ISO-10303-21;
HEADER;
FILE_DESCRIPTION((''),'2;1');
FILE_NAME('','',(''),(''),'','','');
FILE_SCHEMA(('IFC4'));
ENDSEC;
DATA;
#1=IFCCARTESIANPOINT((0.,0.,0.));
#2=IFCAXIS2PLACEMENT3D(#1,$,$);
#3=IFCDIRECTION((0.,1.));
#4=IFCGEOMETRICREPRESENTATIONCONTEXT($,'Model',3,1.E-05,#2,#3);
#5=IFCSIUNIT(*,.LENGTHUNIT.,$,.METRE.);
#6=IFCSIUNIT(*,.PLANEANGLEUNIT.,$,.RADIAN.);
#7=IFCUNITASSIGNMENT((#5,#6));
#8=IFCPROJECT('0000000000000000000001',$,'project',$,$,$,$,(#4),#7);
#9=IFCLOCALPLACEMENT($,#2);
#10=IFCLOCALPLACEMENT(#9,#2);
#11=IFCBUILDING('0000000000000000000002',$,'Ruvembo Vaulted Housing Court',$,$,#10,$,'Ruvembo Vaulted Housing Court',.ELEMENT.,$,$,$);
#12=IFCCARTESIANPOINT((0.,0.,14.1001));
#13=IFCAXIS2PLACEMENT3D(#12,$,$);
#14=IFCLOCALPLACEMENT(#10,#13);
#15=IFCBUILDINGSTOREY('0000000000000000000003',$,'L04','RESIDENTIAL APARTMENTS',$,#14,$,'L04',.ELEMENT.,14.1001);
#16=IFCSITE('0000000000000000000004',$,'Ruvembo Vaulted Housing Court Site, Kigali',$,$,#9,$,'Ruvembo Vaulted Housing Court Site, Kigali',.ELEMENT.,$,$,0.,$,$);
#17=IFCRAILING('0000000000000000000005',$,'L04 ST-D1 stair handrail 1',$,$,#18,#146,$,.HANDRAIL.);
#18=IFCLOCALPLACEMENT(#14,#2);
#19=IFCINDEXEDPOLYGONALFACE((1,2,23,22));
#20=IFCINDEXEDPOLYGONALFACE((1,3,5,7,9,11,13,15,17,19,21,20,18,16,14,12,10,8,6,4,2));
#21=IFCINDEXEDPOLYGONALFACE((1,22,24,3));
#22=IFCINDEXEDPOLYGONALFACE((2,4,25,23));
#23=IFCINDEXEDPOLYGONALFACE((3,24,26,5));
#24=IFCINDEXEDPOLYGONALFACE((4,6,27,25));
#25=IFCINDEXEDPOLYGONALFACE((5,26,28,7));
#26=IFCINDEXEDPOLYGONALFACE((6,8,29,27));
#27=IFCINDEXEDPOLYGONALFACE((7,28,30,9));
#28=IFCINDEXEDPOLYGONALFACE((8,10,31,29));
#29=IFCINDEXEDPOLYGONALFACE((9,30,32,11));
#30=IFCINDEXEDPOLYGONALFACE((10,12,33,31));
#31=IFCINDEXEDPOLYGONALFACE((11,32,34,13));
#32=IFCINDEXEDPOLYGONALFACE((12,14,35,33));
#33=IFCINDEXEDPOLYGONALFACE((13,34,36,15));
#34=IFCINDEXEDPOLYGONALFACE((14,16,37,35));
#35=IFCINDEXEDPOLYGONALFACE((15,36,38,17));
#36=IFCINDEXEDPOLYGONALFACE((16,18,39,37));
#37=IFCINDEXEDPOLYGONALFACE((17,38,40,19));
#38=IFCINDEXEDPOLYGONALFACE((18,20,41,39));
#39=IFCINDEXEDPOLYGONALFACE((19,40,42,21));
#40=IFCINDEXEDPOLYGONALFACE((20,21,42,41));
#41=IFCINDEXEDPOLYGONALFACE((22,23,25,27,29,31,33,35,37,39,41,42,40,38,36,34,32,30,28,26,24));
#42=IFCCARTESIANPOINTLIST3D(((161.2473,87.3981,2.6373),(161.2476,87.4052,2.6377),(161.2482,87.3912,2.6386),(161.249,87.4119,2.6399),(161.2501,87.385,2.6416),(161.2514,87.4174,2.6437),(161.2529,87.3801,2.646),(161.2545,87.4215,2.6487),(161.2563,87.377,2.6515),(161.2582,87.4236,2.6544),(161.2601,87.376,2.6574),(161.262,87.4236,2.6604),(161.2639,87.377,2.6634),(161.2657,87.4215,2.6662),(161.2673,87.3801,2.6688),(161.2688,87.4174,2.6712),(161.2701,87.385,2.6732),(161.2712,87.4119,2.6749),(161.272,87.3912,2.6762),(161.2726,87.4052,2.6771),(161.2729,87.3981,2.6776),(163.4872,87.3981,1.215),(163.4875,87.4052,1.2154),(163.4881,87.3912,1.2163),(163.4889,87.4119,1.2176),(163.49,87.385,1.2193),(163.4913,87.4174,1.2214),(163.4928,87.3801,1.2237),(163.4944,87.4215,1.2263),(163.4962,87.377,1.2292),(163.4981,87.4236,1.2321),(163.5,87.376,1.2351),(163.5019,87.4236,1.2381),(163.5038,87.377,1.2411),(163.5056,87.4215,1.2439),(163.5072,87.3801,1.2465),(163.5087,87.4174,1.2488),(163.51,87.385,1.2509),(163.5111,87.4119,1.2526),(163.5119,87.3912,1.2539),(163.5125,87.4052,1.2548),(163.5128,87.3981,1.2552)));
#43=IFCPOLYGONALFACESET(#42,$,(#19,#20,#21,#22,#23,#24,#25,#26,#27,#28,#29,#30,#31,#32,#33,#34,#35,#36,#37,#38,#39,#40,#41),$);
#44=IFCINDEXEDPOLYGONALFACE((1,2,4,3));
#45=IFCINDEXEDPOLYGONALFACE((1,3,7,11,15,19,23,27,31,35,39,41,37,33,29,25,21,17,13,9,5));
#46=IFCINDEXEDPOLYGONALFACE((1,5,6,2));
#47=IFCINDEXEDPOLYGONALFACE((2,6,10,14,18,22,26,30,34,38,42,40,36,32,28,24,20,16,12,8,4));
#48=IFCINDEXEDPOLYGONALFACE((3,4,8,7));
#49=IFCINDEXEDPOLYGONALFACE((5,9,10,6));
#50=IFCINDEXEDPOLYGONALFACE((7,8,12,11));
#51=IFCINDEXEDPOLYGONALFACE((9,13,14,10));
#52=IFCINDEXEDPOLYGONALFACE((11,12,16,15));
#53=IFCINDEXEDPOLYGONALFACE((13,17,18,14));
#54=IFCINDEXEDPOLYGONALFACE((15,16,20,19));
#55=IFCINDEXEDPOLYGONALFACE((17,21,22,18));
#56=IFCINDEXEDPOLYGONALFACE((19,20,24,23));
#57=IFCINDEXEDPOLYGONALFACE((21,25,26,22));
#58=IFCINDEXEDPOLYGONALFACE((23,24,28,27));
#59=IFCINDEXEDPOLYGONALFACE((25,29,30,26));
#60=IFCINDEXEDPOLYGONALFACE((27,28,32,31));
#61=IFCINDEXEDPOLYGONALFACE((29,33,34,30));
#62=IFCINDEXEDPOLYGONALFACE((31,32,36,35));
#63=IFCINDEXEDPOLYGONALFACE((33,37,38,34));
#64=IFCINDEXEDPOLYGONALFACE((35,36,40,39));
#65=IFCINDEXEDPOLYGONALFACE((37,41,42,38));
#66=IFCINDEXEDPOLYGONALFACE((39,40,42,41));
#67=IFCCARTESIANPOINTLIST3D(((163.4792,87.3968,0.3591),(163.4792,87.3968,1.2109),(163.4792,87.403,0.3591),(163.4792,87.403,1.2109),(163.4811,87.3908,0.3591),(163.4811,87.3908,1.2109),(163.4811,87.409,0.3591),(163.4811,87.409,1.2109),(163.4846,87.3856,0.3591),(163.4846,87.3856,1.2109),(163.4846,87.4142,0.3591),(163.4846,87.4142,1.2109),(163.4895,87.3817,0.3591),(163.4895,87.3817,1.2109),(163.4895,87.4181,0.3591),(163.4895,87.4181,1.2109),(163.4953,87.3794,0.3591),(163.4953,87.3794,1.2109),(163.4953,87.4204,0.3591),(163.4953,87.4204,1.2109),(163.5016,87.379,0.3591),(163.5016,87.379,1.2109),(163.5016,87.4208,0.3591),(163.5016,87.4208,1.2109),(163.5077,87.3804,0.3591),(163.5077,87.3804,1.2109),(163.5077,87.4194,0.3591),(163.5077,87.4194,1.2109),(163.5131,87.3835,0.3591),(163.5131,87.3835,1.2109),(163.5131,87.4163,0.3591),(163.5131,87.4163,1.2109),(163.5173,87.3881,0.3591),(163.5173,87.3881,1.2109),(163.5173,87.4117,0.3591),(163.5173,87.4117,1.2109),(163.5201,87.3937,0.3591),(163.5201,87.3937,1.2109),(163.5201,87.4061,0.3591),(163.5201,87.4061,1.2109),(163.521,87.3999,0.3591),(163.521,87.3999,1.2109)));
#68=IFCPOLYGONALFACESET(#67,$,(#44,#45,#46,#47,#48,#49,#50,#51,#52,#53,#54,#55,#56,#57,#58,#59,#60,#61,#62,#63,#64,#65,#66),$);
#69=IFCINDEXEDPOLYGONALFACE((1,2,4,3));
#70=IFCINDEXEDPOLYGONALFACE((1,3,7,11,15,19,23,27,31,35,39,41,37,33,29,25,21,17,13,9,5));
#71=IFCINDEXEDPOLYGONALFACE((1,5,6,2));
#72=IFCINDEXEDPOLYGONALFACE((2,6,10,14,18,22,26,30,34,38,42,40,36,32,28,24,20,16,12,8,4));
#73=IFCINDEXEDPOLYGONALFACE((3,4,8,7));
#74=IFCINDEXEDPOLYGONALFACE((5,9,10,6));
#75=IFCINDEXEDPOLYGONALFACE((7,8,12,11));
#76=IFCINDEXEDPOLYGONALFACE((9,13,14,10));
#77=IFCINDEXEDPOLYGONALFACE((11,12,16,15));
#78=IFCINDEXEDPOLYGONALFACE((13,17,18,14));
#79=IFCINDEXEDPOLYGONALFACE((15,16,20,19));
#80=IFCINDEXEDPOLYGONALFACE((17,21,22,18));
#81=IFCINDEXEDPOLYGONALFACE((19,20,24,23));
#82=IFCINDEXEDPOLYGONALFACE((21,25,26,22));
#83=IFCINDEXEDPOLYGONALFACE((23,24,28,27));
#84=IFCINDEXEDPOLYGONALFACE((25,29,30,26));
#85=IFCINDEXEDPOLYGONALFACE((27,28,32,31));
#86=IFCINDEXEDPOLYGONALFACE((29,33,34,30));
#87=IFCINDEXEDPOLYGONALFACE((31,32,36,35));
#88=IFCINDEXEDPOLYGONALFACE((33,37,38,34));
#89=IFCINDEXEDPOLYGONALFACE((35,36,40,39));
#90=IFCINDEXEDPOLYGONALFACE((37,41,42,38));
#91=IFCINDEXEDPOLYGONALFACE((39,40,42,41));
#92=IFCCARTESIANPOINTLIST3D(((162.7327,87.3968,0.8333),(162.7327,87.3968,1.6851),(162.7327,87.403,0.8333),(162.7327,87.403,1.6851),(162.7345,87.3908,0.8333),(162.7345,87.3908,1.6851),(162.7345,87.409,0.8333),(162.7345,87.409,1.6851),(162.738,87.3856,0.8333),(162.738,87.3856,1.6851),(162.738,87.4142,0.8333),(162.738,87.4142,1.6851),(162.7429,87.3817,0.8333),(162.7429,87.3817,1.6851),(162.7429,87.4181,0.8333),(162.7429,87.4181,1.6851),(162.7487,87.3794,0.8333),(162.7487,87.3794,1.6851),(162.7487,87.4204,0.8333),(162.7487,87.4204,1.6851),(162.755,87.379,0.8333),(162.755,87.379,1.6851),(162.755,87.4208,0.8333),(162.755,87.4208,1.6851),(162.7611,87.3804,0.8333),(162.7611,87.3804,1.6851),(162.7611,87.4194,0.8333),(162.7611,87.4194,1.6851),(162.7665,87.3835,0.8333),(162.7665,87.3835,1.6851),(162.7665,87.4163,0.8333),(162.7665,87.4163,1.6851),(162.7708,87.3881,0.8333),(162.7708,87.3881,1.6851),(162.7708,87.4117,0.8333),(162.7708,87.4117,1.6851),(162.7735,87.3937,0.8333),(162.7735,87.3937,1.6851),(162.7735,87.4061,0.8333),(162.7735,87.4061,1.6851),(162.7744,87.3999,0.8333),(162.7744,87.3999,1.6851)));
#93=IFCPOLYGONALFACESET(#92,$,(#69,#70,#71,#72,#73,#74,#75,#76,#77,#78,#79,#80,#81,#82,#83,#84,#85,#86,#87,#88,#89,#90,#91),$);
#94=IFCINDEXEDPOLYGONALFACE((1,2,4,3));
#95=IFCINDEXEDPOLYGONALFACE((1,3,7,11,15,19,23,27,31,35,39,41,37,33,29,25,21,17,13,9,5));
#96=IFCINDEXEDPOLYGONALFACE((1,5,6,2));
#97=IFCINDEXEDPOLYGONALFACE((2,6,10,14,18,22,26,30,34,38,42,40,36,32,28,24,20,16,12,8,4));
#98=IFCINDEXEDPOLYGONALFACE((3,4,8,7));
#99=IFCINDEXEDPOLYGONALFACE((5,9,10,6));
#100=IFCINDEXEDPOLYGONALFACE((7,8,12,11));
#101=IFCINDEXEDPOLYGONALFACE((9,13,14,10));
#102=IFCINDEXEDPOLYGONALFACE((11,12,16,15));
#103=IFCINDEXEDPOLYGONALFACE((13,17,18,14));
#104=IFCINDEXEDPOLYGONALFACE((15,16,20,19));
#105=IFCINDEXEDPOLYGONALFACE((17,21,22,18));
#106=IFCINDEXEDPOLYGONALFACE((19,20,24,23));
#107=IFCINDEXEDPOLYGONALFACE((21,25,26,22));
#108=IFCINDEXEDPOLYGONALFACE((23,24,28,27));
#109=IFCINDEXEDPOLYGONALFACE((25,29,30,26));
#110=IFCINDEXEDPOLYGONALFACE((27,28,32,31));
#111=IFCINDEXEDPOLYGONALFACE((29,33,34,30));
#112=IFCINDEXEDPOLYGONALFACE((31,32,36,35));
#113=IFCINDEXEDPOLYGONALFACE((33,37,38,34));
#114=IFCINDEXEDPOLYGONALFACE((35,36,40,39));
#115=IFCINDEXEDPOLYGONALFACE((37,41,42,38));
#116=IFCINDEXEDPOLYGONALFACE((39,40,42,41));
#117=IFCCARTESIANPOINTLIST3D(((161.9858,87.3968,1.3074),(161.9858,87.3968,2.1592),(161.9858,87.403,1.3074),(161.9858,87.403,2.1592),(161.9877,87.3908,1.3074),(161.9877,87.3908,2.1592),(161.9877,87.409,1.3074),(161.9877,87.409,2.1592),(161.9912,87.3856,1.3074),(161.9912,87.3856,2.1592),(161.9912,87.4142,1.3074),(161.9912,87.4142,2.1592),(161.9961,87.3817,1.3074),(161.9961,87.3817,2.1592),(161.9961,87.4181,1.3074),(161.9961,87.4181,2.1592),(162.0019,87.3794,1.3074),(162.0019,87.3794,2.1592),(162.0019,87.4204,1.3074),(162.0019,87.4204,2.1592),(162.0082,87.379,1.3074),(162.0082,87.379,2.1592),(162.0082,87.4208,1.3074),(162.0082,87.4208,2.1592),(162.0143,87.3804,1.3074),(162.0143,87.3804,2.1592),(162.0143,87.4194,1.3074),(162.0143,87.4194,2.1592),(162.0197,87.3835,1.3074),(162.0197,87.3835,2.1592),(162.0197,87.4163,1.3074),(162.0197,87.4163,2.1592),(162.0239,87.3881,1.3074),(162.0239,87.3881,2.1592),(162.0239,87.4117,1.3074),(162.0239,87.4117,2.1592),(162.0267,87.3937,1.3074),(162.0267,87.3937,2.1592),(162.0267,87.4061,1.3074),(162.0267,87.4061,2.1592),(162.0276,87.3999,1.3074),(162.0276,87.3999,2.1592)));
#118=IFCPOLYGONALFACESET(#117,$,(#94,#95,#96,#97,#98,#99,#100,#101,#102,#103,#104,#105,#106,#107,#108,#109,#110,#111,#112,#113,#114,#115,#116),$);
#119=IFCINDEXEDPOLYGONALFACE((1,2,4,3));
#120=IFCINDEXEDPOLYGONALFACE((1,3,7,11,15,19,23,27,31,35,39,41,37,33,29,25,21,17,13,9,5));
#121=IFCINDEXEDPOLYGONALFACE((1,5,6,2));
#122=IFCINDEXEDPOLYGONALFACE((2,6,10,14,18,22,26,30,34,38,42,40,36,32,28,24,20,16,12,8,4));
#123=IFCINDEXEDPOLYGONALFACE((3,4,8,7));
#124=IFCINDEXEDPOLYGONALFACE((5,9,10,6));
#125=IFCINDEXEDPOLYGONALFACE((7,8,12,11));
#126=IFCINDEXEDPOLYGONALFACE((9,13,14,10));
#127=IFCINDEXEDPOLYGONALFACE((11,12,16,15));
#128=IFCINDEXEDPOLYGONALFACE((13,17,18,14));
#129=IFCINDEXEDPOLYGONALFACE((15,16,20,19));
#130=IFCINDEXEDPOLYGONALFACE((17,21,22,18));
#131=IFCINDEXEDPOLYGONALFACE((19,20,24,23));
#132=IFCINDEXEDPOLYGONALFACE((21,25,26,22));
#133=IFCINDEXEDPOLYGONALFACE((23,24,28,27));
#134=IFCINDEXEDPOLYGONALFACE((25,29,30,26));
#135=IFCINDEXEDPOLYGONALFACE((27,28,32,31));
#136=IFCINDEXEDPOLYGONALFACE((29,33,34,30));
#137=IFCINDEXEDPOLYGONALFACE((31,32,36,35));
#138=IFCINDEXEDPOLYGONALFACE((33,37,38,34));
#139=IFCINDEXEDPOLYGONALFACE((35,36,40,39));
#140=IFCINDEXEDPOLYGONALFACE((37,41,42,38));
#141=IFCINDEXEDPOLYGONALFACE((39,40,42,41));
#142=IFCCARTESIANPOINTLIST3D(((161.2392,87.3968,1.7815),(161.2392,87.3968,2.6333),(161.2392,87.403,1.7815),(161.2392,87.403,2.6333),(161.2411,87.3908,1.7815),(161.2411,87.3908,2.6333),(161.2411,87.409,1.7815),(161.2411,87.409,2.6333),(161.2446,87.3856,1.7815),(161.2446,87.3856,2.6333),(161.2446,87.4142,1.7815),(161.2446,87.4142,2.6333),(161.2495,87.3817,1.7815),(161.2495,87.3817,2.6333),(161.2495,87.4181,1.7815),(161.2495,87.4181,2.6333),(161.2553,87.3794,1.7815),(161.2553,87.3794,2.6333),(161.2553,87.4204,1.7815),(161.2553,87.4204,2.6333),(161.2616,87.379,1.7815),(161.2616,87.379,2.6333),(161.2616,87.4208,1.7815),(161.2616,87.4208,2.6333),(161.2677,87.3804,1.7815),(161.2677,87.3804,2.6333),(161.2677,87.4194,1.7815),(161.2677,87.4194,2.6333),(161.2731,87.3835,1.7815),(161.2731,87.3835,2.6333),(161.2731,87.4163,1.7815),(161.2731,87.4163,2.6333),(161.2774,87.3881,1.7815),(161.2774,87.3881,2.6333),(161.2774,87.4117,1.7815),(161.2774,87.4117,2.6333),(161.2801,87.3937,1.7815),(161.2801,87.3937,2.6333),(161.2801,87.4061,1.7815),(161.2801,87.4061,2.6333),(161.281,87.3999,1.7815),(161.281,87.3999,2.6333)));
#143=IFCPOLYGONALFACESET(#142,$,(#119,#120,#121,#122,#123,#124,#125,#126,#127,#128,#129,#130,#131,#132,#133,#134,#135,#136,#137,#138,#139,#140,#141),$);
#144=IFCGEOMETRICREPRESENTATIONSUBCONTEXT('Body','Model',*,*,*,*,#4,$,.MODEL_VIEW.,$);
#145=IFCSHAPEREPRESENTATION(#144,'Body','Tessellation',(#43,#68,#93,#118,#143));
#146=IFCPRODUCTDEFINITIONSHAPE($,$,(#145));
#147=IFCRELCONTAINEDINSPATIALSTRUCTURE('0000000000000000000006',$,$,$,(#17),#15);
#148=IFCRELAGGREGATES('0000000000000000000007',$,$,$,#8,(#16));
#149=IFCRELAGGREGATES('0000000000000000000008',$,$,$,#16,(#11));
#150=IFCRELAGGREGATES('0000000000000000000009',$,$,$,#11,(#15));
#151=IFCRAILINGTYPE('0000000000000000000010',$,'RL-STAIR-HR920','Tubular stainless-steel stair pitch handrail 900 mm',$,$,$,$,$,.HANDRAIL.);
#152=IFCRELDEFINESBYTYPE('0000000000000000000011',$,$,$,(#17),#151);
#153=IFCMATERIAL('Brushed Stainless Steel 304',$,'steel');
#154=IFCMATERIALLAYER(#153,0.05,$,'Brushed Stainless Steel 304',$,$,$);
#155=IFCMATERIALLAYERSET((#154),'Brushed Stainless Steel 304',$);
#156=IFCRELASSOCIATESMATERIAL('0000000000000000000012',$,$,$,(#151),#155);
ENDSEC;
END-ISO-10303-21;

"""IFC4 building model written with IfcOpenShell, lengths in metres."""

from ifc_helpers import new_model, si_unit, direction, frame, origin, origin_2d, place, context, subcontext, project, spatial, circle, extrude, material, layer, layer_set, type_object, element, save


model = new_model("IFC4")

# Units and contexts
model_context = context("Model", 3, precision=1e-05, world=origin(), true_north=direction((0.0, 1.0)))
body_context = subcontext(model_context, "Body", "Model", "MODEL_VIEW")
ifc_project = project(units=[si_unit("LENGTHUNIT", "METRE"), si_unit("PLANEANGLEUNIT", "RADIAN")], contexts=[model_context])

# Site, building, storey
site_placement = place(None, origin())
site = spatial("IfcSite", under=ifc_project, at=site_placement, Name="Ruvembo Vaulted Housing Court Site, Kigali", LongName="Ruvembo Vaulted Housing Court Site, Kigali", CompositionType="ELEMENT", RefElevation=0.0)
building_placement = place(site_placement, origin())
building = spatial("IfcBuilding", under=site, at=building_placement, Name="Ruvembo Vaulted Housing Court", LongName="Ruvembo Vaulted Housing Court", CompositionType="ELEMENT")
storey_placement = place(building_placement, frame((0.0, 0.0, 14.1001)))
storey = spatial("IfcBuildingStorey", under=building, at=storey_placement, Name="L04", Description="RESIDENTIAL APARTMENTS", LongName="L04", CompositionType="ELEMENT", Elevation=14.1001)

# Shared definitions
ifc_material_1 = material(Name="Brushed Stainless Steel 304", Category="steel")

# Railing
ifc_layer_1 = layer(ifc_material_1, 0.05, Name="Brushed Stainless Steel 304")
ifc_layer_set_1 = layer_set([ifc_layer_1], Name="Brushed Stainless Steel 304")
railing_type_1 = type_object("IfcRailingType", Name="RL-STAIR-HR920", Description="Tubular stainless-steel stair pitch handrail 900 mm", PredefinedType="HANDRAIL", material=ifc_layer_set_1)
railing_1_placement = place(storey_placement, frame((163.5, 87.3999, 0.3591)))
element("IfcRailing", 1, at=railing_1_placement, inside=storey, type_object=railing_type_1, Name="L04 ST-D1 stair handrail 1", PredefinedType="HANDRAIL", context=body_context, shape_type="SweptSolid", body=[
    extrude(circle(Radius=0.0239, at=origin_2d()), frame((0.0, 0.0, 0.876), z_axis=(-0.844188, 0.0, 0.536048), x_axis=(0.0, -1.0, 0.0)), (0.0, 0.0, 1.0), 2.6533),
    extrude(circle(Radius=0.021, at=origin_2d()), origin(), (0.0, 0.0, 1.0), 0.8518),
    extrude(circle(Radius=0.021, at=origin_2d()), frame((-0.7466, 0.0, 0.4741)), (0.0, 0.0, 1.0), 0.8518),
    extrude(circle(Radius=0.021, at=origin_2d()), frame((-1.4934, 0.0, 0.9482)), (0.0, 0.0, 1.0), 0.8518),
    extrude(circle(Radius=0.021, at=origin_2d()), frame((-2.24, 0.0, 1.4224)), (0.0, 0.0, 1.0), 0.8518),
])

save(model, "model.ifc")
